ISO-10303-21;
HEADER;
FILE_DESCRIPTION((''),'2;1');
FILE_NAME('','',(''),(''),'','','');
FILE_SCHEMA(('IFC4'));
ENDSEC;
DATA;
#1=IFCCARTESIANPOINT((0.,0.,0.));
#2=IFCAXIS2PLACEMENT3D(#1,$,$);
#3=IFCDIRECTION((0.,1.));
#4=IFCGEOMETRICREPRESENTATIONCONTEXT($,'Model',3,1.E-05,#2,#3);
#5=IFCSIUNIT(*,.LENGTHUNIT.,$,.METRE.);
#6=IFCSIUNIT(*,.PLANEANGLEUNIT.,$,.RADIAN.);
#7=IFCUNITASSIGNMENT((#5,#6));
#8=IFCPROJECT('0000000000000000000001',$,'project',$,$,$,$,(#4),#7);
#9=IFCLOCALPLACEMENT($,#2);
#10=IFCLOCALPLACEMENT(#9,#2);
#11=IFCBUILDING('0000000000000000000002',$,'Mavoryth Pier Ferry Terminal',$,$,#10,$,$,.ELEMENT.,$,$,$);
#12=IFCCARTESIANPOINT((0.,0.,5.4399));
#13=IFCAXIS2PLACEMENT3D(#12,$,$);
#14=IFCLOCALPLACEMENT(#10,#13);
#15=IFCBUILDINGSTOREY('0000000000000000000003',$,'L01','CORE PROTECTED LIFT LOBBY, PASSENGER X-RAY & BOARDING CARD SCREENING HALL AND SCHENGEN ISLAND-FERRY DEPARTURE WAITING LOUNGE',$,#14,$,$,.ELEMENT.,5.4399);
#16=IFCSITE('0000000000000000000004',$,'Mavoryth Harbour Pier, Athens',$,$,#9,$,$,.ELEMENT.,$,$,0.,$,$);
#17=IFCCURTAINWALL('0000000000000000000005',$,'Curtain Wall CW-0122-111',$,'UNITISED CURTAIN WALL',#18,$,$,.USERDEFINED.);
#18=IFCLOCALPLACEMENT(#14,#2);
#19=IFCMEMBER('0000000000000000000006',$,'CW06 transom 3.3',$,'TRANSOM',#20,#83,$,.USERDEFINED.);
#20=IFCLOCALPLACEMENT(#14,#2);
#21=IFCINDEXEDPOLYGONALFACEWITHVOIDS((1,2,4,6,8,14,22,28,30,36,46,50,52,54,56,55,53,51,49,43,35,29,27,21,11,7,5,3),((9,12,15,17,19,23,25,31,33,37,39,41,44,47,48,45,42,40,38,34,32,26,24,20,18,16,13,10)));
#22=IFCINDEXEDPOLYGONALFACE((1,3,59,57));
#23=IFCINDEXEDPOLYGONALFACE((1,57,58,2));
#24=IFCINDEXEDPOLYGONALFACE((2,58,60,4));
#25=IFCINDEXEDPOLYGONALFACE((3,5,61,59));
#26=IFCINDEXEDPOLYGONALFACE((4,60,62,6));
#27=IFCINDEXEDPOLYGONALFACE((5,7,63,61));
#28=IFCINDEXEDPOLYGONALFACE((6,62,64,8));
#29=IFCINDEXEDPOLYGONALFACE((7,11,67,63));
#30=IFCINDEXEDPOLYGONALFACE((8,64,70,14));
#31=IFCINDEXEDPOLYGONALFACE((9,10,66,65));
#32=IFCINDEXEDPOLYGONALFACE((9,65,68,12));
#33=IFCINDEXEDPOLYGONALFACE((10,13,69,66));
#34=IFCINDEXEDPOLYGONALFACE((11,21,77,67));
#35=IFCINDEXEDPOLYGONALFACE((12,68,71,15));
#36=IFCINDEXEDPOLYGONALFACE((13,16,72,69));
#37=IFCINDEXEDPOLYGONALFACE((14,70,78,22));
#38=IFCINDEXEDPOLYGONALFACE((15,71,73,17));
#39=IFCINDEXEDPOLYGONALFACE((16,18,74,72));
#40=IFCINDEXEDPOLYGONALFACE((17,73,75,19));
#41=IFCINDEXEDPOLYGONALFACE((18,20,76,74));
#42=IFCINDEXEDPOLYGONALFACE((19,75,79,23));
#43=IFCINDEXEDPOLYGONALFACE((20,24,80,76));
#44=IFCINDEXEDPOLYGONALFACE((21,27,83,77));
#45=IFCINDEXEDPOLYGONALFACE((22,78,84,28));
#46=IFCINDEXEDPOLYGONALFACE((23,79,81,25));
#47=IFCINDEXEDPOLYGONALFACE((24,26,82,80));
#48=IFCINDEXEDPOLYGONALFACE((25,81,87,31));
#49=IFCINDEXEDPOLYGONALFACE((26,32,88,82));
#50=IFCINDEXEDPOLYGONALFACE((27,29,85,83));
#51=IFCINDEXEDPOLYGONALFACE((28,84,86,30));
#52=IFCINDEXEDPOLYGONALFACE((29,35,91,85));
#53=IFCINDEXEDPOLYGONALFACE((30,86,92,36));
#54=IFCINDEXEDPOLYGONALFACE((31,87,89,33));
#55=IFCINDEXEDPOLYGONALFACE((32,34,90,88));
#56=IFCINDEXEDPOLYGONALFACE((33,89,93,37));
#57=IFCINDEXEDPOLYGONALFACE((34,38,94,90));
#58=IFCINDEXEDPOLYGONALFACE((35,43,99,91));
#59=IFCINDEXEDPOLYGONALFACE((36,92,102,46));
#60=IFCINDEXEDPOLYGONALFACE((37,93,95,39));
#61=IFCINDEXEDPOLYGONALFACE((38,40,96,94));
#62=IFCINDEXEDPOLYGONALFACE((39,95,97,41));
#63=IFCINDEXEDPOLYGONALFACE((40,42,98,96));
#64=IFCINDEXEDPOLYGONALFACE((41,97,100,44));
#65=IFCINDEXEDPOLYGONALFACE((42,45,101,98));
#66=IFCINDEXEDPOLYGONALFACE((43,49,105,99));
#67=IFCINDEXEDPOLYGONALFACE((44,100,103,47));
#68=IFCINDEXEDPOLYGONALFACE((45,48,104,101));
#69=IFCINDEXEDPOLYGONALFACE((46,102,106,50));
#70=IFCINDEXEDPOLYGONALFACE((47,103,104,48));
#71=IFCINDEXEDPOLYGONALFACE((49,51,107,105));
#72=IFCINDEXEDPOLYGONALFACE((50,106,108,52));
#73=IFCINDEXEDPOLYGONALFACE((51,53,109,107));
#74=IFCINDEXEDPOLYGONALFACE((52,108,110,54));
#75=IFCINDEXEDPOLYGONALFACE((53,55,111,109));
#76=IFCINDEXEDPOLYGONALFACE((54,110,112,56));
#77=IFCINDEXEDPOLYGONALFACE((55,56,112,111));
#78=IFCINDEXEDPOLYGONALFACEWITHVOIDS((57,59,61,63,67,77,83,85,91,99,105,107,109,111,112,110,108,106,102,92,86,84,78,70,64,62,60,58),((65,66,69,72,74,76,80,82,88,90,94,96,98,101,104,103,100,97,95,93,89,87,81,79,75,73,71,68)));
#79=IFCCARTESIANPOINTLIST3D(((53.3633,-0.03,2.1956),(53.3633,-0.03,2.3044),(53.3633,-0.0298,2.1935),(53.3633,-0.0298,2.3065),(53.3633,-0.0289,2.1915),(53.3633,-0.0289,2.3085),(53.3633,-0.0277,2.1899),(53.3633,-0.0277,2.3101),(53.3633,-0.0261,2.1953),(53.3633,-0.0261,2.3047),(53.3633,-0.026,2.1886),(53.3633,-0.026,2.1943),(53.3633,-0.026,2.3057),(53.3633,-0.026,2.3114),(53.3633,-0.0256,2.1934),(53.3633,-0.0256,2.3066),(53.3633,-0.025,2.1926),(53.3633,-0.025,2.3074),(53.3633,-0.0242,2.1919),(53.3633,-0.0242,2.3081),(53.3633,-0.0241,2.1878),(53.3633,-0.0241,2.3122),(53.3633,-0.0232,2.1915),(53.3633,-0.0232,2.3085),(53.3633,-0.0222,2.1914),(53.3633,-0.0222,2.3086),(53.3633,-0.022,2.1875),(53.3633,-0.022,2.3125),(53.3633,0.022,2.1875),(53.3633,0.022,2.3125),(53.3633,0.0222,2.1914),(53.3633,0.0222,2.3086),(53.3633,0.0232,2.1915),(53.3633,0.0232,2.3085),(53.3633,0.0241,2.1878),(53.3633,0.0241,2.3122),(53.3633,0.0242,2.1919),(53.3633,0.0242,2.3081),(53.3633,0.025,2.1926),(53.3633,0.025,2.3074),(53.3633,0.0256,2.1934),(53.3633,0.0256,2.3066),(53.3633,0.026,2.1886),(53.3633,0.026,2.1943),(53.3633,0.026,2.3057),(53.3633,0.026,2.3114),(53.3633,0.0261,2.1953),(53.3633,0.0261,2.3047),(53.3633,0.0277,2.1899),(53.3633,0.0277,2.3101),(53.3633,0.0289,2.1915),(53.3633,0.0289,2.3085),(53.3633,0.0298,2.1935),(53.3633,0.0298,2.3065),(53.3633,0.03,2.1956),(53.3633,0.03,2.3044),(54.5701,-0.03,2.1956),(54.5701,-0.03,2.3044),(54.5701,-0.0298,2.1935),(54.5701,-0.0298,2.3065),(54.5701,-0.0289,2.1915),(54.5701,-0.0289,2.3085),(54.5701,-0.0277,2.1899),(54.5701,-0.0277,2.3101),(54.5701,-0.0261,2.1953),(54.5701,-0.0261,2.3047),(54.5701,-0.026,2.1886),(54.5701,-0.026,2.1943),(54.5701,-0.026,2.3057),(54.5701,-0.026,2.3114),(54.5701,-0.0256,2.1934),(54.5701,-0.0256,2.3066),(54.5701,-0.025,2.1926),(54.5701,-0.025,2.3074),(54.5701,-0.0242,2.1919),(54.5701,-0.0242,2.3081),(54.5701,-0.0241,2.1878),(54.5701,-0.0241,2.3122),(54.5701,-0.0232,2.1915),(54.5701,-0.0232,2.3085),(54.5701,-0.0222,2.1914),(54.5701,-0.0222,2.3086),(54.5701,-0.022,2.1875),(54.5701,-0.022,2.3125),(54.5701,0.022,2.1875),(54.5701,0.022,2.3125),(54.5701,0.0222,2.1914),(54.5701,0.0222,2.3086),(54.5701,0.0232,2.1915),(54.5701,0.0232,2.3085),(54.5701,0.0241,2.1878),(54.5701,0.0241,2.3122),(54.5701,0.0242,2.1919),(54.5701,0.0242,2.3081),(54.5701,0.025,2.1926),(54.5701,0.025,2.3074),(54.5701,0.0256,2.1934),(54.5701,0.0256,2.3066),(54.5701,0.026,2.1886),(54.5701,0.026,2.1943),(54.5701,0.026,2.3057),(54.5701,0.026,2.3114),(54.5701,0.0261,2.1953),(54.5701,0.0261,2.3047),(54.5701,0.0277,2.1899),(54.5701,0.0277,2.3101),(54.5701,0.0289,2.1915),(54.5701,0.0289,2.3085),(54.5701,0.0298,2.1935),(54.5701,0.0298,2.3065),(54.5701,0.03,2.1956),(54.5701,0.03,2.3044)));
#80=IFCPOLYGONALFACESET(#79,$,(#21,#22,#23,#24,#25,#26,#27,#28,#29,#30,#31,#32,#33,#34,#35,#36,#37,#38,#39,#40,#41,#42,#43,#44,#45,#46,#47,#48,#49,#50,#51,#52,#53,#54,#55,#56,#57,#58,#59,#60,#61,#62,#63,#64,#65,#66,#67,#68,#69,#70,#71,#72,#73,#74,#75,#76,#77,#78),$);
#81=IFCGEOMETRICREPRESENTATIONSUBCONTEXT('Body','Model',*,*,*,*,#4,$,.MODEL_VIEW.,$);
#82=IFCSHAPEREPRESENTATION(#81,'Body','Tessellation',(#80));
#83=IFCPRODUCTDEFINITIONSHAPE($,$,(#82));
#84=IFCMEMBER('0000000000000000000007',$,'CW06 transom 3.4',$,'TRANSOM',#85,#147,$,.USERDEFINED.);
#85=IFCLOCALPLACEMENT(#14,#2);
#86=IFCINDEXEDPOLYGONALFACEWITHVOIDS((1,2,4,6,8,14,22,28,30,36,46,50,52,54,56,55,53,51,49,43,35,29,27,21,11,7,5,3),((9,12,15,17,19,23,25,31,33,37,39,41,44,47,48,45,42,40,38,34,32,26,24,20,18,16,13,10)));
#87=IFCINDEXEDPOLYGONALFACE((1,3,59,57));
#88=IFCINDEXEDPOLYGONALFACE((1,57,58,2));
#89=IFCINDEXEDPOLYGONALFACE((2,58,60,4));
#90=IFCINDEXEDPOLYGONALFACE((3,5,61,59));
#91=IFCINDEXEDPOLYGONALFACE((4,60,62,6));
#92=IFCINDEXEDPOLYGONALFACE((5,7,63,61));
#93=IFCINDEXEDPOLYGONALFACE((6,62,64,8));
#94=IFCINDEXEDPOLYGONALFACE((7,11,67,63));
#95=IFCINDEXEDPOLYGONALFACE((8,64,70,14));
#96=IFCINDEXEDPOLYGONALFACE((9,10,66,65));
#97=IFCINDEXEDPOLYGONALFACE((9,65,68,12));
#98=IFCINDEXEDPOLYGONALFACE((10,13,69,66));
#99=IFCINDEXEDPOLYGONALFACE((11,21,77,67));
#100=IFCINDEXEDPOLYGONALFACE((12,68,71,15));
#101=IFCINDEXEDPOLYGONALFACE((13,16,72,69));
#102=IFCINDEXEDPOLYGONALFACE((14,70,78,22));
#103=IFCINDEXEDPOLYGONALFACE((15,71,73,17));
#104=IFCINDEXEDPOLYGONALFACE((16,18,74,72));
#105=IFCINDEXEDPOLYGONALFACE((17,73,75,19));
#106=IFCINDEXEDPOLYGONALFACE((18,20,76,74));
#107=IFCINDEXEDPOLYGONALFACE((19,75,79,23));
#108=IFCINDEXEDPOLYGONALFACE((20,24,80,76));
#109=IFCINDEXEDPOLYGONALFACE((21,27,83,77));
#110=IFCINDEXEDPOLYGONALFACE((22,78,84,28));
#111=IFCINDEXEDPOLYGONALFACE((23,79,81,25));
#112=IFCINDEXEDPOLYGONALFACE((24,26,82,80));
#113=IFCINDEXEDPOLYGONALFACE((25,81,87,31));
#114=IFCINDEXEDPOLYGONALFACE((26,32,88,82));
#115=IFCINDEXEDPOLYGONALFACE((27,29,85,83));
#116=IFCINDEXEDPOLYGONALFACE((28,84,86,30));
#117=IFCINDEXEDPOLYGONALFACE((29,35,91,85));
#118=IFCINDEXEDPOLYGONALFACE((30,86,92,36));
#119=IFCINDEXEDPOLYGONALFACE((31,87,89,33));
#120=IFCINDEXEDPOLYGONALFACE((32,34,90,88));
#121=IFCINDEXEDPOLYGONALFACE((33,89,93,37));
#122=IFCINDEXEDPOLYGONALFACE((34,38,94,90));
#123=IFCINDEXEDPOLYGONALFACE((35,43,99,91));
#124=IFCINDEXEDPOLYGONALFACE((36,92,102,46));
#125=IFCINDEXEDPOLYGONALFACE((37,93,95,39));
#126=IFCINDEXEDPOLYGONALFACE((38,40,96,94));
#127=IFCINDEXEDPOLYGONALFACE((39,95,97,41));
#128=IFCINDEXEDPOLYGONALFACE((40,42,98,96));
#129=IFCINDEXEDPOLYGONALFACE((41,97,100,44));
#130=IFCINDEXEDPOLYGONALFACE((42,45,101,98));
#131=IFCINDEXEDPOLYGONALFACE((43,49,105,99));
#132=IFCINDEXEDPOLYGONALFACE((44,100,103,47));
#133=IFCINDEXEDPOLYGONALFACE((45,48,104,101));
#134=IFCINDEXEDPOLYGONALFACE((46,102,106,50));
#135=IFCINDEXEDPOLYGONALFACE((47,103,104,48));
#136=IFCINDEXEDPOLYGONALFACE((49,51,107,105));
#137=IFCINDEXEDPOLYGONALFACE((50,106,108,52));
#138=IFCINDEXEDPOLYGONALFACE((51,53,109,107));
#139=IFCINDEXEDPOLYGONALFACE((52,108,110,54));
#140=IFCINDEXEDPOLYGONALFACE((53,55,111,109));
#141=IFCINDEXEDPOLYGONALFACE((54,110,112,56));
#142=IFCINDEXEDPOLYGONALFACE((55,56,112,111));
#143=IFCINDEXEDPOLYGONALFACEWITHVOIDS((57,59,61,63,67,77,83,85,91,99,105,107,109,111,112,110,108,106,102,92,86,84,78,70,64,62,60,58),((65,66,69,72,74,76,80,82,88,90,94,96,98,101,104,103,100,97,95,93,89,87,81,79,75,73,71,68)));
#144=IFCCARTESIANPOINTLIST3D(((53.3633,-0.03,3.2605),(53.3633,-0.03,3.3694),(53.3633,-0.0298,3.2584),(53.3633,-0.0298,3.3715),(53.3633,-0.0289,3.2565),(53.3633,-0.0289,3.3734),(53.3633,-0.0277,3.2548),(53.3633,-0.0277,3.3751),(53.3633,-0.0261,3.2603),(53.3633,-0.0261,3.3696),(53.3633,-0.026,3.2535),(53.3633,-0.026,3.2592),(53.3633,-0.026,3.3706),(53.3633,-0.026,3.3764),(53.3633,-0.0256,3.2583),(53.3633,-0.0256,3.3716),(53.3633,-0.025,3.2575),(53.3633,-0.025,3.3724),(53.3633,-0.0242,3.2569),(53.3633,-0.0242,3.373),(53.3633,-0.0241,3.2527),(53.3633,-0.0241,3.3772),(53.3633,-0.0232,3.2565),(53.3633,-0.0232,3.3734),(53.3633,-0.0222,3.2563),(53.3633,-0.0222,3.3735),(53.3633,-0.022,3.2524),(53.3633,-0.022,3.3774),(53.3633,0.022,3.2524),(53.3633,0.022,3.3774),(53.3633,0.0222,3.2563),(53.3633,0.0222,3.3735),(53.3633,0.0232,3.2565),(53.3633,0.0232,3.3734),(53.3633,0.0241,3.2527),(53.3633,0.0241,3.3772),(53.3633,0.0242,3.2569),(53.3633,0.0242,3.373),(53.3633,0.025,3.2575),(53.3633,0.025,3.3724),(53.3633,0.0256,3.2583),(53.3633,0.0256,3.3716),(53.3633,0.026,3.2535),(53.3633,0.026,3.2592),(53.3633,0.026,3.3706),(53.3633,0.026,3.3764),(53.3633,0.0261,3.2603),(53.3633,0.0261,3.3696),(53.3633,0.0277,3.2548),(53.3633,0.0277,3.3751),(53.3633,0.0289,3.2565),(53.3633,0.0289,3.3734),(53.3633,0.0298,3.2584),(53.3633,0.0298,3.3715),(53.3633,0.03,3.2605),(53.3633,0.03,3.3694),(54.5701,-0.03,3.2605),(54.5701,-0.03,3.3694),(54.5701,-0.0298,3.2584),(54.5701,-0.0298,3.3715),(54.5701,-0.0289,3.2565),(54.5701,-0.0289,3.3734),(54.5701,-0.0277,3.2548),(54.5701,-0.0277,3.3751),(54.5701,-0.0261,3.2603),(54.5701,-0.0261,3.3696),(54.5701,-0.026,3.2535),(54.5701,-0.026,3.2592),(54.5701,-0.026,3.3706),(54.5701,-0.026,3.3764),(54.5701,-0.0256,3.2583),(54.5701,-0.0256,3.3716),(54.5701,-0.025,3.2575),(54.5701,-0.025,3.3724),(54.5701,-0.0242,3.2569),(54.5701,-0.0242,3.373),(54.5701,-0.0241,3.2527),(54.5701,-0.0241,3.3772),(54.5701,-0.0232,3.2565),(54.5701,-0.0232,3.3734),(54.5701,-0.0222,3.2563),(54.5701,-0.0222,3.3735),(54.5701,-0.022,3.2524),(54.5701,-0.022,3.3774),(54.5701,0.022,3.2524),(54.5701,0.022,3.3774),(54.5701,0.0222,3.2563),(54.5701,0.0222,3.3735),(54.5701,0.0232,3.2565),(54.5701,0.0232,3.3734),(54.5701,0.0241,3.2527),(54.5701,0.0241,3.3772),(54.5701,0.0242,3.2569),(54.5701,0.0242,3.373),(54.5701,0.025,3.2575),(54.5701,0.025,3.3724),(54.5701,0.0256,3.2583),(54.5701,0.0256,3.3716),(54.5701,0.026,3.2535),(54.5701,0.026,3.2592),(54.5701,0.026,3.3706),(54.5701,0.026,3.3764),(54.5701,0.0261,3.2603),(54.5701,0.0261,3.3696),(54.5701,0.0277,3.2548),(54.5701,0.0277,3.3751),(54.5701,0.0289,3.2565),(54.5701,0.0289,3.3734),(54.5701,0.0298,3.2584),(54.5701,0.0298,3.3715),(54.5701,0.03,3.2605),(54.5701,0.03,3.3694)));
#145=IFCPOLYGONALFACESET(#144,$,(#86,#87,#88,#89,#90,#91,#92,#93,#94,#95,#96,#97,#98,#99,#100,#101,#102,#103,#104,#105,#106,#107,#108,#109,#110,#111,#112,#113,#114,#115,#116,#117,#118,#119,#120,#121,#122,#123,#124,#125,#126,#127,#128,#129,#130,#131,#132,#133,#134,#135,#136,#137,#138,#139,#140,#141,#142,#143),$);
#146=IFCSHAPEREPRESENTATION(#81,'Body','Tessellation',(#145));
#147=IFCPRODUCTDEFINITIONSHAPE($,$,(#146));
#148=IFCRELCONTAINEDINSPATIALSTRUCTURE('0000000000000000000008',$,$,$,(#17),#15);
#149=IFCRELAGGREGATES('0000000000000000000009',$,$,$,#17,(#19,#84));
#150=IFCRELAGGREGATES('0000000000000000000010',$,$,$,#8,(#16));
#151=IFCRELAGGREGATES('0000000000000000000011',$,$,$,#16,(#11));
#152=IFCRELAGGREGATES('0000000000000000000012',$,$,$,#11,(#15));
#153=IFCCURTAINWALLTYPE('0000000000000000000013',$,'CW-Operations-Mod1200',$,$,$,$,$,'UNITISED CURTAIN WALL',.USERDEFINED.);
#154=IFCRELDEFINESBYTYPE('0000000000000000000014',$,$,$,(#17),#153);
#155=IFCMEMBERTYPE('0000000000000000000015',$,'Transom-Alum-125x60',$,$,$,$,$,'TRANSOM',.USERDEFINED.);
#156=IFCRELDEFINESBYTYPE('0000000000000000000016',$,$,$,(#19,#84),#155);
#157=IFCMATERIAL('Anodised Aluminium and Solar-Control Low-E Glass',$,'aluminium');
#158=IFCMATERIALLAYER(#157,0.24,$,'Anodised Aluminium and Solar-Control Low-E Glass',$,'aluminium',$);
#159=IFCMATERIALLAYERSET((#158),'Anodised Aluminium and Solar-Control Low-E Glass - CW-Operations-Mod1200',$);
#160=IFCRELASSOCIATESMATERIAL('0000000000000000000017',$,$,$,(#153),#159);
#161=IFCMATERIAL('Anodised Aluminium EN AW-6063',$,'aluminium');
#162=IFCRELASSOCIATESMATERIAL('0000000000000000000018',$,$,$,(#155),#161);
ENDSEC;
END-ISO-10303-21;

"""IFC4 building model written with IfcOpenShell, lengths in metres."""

from ifc_helpers import new_model, si_unit, direction, frame, origin, origin_2d, place, context, subcontext, project, spatial, hollow_rectangle, extrude, material, layer, layer_set, material_profile, profile_set, type_object, element, aggregate, save


model = new_model("IFC4")

# Units and contexts
model_context = context("Model", 3, precision=1e-05, world=origin(), true_north=direction((0.0, 1.0)))
body_context = subcontext(model_context, "Body", "Model", "MODEL_VIEW")
ifc_project = project(units=[si_unit("LENGTHUNIT", "METRE"), si_unit("PLANEANGLEUNIT", "RADIAN")], contexts=[model_context])

# Site, building, storey
site_placement = place(None, origin())
site = spatial("IfcSite", under=ifc_project, at=site_placement, Name="Mavoryth Harbour Pier, Athens", CompositionType="ELEMENT", RefElevation=0.0)
building_placement = place(site_placement, origin())
building = spatial("IfcBuilding", under=site, at=building_placement, Name="Mavoryth Pier Ferry Terminal", CompositionType="ELEMENT")
storey_placement = place(building_placement, frame((0.0, 0.0, 5.4399)))
storey = spatial("IfcBuildingStorey", under=building, at=storey_placement, Name="L01", Description="CORE PROTECTED LIFT LOBBY, PASSENGER X-RAY & BOARDING CARD SCREENING HALL AND SCHENGEN ISLAND-FERRY DEPARTURE WAITING LOUNGE", CompositionType="ELEMENT", Elevation=5.4399)

# Curtain wall, members
ifc_material_1 = material(Name="Anodised Aluminium and Solar-Control Low-E Glass", Category="aluminium")
ifc_layer_1 = layer(ifc_material_1, 0.24, Name="Anodised Aluminium and Solar-Control Low-E Glass", Category="aluminium")
ifc_layer_set_1 = layer_set([ifc_layer_1], Name="Anodised Aluminium and Solar-Control Low-E Glass - CW-Operations-Mod1200")
curtain_wall_type = type_object("IfcCurtainWallType", Name="CW-Operations-Mod1200", ElementType="UNITISED CURTAIN WALL", PredefinedType="USERDEFINED", material=ifc_layer_set_1)
curtain_wall_placement = place(storey_placement, origin())
curtain_wall = element("IfcCurtainWall", 1, at=curtain_wall_placement, inside=storey, type_object=curtain_wall_type, Name="Curtain Wall CW-0122-111", ObjectType="UNITISED CURTAIN WALL", PredefinedType="USERDEFINED")
ifc_material_2 = material(Name="Anodised Aluminium EN AW-6063", Category="aluminium")
ifc_material_profile_1 = material_profile(ifc_material_2, hollow_rectangle(XDim=0.0601, YDim=0.125, WallThickness=0.0039, InnerFilletRadius=0.0039, OuterFilletRadius=0.0081, at=origin_2d()), Name="AL-TRAN 125x60x4", Category="aluminium")
ifc_profile_set_1 = profile_set([ifc_material_profile_1], Name="Anodised Aluminium EN AW-6063 - AL-TRAN 125x60x4")
member_type_1 = type_object("IfcMemberType", Name="Transom-Alum-125x60", ElementType="TRANSOM", PredefinedType="USERDEFINED", material=ifc_profile_set_1)
member_1_placement = place(storey_placement, frame((53.3633, 0.0, 2.25), z_axis=(1.0, 0.0, 0.0), x_axis=(0.0, 1.0, 0.0)))
member_1 = element("IfcMember", 2, at=member_1_placement, type_object=member_type_1, Name="CW06 transom 3.3", ObjectType="TRANSOM", PredefinedType="USERDEFINED", context=body_context, shape_type="SweptSolid", body=[
    extrude(hollow_rectangle(XDim=0.0601, YDim=0.125, WallThickness=0.0039, InnerFilletRadius=0.0039, OuterFilletRadius=0.0081, at=origin_2d()), origin(), (0.0, 0.0, 1.0), 1.2068),
])
member_2_placement = place(storey_placement, frame((53.3633, 0.0, 3.3149), z_axis=(1.0, 0.0, 0.0), x_axis=(0.0, 1.0, 0.0)))
member_2 = element("IfcMember", 3, at=member_2_placement, type_object=member_type_1, Name="CW06 transom 3.4", ObjectType="TRANSOM", PredefinedType="USERDEFINED", context=body_context, shape_type="SweptSolid", body=[
    extrude(hollow_rectangle(XDim=0.0601, YDim=0.125, WallThickness=0.0039, InnerFilletRadius=0.0039, OuterFilletRadius=0.0081, at=origin_2d()), origin(), (0.0, 0.0, 1.0), 1.2068),
])
aggregate(curtain_wall, [member_1, member_2])

save(model, "model.ifc")
